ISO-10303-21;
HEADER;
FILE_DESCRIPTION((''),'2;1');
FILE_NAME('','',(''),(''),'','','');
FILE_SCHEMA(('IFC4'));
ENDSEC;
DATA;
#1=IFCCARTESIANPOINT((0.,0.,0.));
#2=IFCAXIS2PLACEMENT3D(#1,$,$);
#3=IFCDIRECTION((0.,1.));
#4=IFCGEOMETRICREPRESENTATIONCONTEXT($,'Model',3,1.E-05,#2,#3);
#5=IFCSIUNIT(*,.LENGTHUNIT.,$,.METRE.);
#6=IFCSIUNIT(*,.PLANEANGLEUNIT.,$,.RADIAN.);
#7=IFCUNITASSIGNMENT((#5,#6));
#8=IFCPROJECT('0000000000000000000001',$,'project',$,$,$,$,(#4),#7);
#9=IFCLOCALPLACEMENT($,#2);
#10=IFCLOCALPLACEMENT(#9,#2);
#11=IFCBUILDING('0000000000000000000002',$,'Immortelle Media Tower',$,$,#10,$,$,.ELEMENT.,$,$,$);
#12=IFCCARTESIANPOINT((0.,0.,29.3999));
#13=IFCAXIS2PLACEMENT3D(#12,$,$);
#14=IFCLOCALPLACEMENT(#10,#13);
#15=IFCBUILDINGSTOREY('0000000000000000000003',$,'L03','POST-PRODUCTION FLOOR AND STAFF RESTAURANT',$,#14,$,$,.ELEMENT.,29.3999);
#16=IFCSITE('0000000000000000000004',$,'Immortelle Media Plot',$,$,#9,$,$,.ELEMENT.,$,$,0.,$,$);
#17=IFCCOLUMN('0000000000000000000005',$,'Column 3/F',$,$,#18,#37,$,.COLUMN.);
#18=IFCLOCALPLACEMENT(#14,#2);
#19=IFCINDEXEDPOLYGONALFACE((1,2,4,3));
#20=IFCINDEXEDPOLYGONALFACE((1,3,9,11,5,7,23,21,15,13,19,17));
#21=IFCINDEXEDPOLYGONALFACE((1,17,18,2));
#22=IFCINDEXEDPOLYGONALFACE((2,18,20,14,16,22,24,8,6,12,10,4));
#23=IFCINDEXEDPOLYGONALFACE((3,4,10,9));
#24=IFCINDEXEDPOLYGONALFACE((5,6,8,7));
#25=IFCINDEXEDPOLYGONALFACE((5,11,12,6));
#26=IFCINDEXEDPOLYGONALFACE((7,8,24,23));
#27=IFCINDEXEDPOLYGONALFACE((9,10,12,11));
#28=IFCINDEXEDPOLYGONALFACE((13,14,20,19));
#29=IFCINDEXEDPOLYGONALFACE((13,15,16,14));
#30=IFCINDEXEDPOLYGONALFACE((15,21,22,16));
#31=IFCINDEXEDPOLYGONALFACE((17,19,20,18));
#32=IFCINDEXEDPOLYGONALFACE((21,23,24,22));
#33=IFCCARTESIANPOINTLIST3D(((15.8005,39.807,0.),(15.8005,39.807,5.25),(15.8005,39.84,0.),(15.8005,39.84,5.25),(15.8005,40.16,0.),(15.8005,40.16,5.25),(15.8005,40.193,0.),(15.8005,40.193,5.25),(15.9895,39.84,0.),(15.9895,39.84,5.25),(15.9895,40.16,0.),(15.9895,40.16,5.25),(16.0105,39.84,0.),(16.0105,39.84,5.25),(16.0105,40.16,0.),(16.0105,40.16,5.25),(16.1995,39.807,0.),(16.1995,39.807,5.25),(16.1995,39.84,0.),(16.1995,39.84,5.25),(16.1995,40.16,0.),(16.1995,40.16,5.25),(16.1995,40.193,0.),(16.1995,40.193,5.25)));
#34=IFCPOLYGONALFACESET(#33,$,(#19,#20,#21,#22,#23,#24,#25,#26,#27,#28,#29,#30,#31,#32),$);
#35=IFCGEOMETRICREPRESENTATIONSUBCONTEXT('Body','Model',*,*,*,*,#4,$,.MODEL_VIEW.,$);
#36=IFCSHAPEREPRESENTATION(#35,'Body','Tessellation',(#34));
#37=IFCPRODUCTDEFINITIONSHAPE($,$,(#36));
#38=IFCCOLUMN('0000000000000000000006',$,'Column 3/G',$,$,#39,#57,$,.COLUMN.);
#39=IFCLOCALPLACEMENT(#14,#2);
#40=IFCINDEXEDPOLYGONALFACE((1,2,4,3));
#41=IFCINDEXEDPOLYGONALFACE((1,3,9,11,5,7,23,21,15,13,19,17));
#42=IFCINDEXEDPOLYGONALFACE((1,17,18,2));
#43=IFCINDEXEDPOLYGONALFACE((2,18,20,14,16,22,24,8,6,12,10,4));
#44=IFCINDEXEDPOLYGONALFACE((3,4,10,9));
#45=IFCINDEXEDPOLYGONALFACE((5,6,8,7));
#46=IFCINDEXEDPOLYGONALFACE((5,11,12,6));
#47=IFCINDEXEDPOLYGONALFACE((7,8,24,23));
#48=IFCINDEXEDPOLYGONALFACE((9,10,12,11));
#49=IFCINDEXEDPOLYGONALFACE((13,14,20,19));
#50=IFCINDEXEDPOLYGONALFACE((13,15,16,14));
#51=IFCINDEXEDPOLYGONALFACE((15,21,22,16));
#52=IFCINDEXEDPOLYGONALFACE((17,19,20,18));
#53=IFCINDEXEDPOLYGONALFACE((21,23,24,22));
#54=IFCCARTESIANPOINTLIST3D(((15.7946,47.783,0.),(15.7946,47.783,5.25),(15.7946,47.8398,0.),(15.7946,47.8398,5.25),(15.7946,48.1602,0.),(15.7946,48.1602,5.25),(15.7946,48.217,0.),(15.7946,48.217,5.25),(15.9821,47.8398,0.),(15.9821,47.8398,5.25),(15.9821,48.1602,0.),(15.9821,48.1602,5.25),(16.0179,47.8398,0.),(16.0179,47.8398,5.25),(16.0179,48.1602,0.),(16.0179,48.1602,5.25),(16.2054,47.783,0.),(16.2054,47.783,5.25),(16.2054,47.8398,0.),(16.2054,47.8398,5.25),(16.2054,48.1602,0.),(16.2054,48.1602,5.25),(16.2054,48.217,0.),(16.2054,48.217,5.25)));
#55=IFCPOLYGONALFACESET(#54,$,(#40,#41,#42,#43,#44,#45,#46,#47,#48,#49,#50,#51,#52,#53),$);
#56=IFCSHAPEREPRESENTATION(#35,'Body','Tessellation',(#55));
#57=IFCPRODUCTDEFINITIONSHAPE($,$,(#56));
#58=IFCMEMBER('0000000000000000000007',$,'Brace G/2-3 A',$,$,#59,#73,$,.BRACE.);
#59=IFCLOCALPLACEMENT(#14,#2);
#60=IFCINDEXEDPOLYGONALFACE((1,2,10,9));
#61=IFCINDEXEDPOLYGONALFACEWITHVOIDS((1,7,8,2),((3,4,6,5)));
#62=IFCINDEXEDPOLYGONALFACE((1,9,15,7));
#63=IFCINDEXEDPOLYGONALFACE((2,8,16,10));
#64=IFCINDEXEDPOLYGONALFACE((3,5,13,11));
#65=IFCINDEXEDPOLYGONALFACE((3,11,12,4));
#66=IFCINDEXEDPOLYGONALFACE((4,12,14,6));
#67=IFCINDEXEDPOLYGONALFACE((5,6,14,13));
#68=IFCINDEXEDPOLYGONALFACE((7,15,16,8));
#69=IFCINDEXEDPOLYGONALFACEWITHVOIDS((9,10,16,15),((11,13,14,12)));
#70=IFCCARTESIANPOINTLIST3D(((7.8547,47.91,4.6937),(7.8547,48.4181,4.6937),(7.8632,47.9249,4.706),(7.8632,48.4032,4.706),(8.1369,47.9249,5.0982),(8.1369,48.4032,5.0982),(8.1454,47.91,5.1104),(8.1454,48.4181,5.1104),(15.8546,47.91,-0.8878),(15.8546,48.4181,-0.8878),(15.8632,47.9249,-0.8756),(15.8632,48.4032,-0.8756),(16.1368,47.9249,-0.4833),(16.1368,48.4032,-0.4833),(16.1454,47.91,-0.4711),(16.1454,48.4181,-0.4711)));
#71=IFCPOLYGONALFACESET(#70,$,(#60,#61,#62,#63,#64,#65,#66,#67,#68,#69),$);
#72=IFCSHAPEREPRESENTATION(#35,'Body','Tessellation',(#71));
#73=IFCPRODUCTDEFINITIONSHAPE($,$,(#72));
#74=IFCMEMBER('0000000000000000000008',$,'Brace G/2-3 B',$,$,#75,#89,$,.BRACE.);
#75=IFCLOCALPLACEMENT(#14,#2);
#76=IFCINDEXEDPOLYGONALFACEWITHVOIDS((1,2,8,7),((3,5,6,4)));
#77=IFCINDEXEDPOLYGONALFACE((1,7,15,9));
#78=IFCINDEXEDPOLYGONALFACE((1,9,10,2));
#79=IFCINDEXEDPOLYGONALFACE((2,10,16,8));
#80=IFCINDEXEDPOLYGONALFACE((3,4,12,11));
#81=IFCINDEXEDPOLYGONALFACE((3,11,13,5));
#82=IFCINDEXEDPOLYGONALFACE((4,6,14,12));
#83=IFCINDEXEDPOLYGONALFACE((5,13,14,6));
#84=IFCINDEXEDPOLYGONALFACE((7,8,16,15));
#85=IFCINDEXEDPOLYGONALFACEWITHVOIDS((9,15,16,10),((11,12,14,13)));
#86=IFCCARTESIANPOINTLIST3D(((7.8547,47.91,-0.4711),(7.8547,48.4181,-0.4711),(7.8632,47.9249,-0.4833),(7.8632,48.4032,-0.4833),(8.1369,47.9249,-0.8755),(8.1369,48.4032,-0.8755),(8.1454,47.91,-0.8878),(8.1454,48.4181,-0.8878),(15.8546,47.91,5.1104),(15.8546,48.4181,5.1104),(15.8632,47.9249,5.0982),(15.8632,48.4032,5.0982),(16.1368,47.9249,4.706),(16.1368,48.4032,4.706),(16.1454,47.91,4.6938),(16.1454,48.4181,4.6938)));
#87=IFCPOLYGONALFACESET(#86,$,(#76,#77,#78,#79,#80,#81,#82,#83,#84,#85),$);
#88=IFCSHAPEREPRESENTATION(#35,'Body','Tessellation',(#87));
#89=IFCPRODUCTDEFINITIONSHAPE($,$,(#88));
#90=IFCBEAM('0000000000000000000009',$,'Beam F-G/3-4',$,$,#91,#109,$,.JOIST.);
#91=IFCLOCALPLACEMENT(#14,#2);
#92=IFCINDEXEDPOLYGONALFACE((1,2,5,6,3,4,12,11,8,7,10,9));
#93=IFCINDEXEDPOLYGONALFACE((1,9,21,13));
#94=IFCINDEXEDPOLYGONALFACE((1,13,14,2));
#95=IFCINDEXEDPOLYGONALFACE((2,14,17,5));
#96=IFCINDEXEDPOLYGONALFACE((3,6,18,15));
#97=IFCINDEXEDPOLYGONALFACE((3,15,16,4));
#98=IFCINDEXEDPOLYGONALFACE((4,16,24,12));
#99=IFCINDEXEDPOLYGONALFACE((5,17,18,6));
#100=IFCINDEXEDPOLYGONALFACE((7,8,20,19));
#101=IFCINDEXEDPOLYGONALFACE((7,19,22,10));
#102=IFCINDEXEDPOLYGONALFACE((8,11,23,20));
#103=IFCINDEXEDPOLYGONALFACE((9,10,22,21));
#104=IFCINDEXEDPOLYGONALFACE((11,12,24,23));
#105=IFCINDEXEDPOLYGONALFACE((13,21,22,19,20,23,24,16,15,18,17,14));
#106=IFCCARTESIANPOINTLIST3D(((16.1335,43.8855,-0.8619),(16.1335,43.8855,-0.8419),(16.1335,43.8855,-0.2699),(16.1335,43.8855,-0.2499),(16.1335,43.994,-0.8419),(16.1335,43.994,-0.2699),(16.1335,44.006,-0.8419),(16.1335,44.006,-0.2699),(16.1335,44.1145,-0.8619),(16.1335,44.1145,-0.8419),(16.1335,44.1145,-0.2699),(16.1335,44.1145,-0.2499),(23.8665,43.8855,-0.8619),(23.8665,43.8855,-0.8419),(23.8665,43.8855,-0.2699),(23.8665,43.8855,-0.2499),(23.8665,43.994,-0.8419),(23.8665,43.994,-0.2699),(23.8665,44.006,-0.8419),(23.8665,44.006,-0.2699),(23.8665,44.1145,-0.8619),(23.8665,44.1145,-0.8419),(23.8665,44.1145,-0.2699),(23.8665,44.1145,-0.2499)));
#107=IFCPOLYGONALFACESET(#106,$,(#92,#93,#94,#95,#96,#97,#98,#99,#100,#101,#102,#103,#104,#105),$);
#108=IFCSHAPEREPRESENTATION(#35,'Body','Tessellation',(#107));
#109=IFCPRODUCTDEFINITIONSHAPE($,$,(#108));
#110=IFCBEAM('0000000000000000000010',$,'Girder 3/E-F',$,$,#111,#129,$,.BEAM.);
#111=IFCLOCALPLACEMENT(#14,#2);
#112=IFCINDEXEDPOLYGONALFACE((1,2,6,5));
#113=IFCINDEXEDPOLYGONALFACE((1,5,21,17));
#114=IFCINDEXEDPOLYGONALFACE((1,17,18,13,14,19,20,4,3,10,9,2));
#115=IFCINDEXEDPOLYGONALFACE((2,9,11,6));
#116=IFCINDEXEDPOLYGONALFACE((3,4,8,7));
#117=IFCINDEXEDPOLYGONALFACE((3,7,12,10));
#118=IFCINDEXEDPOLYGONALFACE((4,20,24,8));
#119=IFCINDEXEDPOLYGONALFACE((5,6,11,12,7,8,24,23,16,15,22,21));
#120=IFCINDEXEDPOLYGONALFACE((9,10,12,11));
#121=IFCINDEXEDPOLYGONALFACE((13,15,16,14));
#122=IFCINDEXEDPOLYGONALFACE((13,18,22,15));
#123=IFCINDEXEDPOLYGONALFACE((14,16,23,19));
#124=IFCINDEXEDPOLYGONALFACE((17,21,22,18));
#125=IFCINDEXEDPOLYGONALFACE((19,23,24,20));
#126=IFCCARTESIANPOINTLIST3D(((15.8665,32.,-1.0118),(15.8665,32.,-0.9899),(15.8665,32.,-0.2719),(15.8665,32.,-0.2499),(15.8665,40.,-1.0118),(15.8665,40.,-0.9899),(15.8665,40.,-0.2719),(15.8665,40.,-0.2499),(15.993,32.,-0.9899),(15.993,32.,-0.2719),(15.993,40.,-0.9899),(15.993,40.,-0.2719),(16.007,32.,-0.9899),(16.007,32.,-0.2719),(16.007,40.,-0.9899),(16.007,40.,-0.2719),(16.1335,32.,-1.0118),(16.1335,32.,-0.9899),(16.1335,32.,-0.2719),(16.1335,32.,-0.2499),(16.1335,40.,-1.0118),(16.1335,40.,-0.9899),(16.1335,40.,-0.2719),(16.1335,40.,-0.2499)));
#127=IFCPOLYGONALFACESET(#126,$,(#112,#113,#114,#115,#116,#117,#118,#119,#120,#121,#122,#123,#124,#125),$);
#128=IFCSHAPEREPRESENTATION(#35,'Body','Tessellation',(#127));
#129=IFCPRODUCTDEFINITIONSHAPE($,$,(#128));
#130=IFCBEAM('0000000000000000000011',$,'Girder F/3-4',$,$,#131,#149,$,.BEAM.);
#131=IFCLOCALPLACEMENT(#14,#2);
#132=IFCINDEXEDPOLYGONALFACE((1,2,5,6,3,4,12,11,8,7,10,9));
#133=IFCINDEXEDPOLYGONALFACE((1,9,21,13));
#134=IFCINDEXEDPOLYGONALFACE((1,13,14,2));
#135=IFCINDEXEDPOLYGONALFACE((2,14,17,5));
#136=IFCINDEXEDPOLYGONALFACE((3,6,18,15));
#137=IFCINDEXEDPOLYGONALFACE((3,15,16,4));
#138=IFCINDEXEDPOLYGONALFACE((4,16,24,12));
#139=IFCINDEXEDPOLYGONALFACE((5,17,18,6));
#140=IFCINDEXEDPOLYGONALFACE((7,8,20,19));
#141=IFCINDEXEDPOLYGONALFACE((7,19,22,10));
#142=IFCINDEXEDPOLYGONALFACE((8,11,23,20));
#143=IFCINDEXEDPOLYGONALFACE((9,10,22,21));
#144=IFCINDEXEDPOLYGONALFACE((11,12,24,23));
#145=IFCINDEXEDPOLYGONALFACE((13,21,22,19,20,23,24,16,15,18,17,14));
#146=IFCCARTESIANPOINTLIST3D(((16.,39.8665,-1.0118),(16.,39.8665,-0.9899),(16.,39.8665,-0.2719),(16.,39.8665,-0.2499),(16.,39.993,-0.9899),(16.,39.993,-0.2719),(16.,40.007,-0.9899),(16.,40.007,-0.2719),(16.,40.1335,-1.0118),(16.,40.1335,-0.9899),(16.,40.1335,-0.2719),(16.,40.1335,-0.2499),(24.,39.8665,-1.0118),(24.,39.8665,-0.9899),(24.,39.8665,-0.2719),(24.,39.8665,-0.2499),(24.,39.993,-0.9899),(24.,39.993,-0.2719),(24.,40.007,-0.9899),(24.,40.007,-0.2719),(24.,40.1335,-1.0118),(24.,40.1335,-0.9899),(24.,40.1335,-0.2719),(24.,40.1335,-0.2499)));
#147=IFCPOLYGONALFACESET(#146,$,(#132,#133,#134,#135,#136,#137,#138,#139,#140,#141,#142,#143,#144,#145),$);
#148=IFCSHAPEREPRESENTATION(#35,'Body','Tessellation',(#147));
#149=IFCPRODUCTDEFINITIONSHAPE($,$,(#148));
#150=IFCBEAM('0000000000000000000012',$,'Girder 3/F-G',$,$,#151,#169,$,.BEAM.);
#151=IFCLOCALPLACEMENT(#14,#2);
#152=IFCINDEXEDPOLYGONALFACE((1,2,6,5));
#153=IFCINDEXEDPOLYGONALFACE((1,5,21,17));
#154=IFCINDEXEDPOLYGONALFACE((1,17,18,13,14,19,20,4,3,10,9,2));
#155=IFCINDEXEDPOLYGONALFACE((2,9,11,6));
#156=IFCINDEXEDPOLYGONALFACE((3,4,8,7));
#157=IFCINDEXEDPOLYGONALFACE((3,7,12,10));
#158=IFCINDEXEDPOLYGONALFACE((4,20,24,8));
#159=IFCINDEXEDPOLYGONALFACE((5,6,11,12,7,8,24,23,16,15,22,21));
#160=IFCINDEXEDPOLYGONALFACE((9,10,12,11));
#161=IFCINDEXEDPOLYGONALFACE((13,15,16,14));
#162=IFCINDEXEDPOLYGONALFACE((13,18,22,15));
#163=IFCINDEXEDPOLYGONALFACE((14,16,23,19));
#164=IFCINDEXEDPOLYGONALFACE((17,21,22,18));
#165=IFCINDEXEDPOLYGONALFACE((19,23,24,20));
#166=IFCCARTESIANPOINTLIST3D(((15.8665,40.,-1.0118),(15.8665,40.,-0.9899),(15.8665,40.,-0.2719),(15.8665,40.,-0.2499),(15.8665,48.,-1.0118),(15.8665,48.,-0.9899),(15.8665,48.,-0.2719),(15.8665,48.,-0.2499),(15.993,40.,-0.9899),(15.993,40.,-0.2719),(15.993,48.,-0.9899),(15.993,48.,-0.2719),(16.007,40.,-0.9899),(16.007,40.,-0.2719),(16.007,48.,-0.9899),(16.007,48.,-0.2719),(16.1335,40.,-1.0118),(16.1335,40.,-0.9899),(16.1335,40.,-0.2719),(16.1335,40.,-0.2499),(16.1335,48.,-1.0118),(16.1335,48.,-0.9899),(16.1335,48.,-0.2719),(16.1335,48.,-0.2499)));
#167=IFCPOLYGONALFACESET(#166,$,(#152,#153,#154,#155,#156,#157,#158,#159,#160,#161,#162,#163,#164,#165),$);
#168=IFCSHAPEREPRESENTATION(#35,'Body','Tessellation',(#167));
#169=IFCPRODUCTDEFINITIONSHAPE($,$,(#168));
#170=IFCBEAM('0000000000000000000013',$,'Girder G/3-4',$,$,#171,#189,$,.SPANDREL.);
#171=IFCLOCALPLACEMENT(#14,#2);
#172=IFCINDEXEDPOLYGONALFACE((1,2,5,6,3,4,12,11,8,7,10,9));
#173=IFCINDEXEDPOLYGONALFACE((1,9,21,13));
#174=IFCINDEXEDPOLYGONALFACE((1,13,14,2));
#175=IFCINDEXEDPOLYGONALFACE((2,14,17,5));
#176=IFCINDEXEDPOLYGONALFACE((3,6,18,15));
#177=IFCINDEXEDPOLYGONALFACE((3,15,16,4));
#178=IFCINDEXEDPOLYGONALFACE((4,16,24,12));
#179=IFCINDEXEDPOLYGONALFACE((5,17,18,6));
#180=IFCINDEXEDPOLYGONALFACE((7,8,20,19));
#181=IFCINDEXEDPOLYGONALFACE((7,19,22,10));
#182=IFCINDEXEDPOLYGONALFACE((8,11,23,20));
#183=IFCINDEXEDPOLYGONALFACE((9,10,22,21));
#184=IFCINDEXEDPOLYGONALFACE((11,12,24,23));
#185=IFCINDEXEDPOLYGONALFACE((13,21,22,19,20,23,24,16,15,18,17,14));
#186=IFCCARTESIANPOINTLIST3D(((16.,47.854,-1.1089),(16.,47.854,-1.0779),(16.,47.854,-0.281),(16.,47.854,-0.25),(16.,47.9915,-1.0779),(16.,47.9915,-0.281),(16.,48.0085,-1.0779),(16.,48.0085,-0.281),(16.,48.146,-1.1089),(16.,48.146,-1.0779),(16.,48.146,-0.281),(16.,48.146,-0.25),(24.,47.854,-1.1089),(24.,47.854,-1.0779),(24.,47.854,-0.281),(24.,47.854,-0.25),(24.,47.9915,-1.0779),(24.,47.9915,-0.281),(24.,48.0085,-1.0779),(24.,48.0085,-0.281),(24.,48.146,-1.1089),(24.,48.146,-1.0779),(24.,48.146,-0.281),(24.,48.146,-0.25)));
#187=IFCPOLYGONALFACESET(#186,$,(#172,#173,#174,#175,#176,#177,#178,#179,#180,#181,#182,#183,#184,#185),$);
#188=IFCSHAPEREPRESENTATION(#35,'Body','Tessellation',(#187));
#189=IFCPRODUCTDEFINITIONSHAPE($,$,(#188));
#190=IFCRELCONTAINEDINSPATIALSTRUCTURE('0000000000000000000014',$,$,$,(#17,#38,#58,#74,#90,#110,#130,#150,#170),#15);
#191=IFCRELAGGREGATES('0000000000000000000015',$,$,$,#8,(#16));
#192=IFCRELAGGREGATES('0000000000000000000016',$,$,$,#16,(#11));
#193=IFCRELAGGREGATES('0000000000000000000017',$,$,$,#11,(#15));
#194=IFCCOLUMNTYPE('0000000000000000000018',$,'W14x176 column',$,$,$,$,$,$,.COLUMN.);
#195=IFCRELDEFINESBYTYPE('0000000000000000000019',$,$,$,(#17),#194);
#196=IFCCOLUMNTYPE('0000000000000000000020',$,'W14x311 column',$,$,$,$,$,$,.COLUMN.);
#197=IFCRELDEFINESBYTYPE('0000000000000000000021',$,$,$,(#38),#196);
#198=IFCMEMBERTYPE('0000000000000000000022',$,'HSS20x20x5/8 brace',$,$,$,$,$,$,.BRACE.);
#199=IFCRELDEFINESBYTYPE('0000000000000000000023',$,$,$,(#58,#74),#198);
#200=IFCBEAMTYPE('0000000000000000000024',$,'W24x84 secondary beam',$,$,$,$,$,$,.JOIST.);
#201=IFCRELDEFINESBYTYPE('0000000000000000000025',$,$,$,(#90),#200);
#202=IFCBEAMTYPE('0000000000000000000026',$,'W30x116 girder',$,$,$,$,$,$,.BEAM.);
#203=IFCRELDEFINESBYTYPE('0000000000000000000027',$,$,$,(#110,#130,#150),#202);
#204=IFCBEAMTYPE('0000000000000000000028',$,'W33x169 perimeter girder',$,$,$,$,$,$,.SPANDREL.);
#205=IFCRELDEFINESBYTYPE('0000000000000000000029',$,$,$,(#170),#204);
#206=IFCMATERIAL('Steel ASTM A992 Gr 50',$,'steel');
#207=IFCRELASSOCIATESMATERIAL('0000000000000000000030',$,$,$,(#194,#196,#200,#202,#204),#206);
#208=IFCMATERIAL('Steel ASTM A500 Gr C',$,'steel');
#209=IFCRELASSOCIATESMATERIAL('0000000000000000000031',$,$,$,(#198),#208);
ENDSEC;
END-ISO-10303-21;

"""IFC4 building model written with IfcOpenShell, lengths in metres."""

from ifc_helpers import new_model, si_unit, direction, frame, origin, origin_2d, place, context, subcontext, project, spatial, hollow_rectangle, i_section, extrude, material, material_profile, profile_set, type_object, element, save


model = new_model("IFC4")

# Units and contexts
model_context = context("Model", 3, precision=1e-05, world=origin(), true_north=direction((0.0, 1.0)))
body_context = subcontext(model_context, "Body", "Model", "MODEL_VIEW")
ifc_project = project(units=[si_unit("LENGTHUNIT", "METRE"), si_unit("PLANEANGLEUNIT", "RADIAN")], contexts=[model_context])

# Site, building, storey
site_placement = place(None, origin())
site = spatial("IfcSite", under=ifc_project, at=site_placement, Name="Immortelle Media Plot", CompositionType="ELEMENT", RefElevation=0.0)
building_placement = place(site_placement, origin())
building = spatial("IfcBuilding", under=site, at=building_placement, Name="Immortelle Media Tower", CompositionType="ELEMENT")
storey_placement = place(building_placement, frame((0.0, 0.0, 29.3999)))
storey = spatial("IfcBuildingStorey", under=building, at=storey_placement, Name="L03", Description="POST-PRODUCTION FLOOR AND STAFF RESTAURANT", CompositionType="ELEMENT", Elevation=29.3999)

# Columns
ifc_material_1 = material(Name="Steel ASTM A992 Gr 50", Category="steel")
ifc_material_profile_1 = material_profile(ifc_material_1, i_section(OverallWidth=0.3989, OverallDepth=0.386, WebThickness=0.021, FlangeThickness=0.033, at=origin_2d()), Name="W14x176")
ifc_profile_set_1 = profile_set([ifc_material_profile_1], Name="Steel ASTM A992 Gr 50")
column_type_1 = type_object("IfcColumnType", Name="W14x176 column", PredefinedType="COLUMN", material=ifc_profile_set_1)
column_1_placement = place(storey_placement, frame((16.0, 40.0, 0.0), z_axis=(0.0, 0.0, 1.0), x_axis=(1.0, 0.0, 0.0)))
element("IfcColumn", 1, at=column_1_placement, inside=storey, type_object=column_type_1, Name="Column 3/F", PredefinedType="COLUMN", context=body_context, shape_type="SweptSolid", body=[
    extrude(i_section(OverallWidth=0.3989, OverallDepth=0.386, WebThickness=0.021, FlangeThickness=0.033, at=origin_2d()), origin(), (0.0, 0.0, 1.0), 5.25),
])
ifc_material_profile_2 = material_profile(ifc_material_1, i_section(OverallWidth=0.4109, OverallDepth=0.4341, WebThickness=0.0359, FlangeThickness=0.0569, at=origin_2d()), Name="W14x311")
ifc_profile_set_2 = profile_set([ifc_material_profile_2], Name="Steel ASTM A992 Gr 50")
column_type_2 = type_object("IfcColumnType", Name="W14x311 column", PredefinedType="COLUMN", material=ifc_profile_set_2)
column_2_placement = place(storey_placement, frame((16.0, 48.0, 0.0), z_axis=(0.0, 0.0, 1.0), x_axis=(1.0, 0.0, 0.0)))
element("IfcColumn", 2, at=column_2_placement, inside=storey, type_object=column_type_2, Name="Column 3/G", PredefinedType="COLUMN", context=body_context, shape_type="SweptSolid", body=[
    extrude(i_section(OverallWidth=0.4109, OverallDepth=0.4341, WebThickness=0.0359, FlangeThickness=0.0569, at=origin_2d()), origin(), (0.0, 0.0, 1.0), 5.25),
])

# Members
ifc_material_2 = material(Name="Steel ASTM A500 Gr C", Category="steel")
ifc_material_profile_3 = material_profile(ifc_material_2, hollow_rectangle(XDim=0.5081, YDim=0.5081, WallThickness=0.0149, at=origin_2d()), Name="HSS20x20x5/8 brace")
ifc_profile_set_3 = profile_set([ifc_material_profile_3], Name="Steel ASTM A500 Gr C")
member_type = type_object("IfcMemberType", Name="HSS20x20x5/8 brace", PredefinedType="BRACE", material=ifc_profile_set_3)
for number, where, z_axis, x_axis, name in (
    (3, (16.0, 48.1641, -0.6794), (-0.82012, 0.0, 0.572192), (0.0, -1.0, 0.0), "Brace G/2-3 A"),
    (4, (16.0, 48.1641, 4.9021), (-0.82012, 0.0, -0.572192), (0.0, -1.0, 0.0), "Brace G/2-3 B"),
):
    element("IfcMember", number, at=place(storey_placement, frame(where, z_axis=z_axis, x_axis=x_axis)), inside=storey, type_object=member_type, Name=name, PredefinedType="BRACE", context=body_context, shape_type="SweptSolid", body=[
        extrude(hollow_rectangle(XDim=0.5081, YDim=0.5081, WallThickness=0.0149, at=origin_2d()), origin(), (0.0, 0.0, 1.0), 9.7546),
    ])

# Beams
ifc_material_profile_4 = material_profile(ifc_material_1, i_section(OverallWidth=0.229, OverallDepth=0.6121, WebThickness=0.012, FlangeThickness=0.02, at=origin_2d()), Name="W24x84")
ifc_profile_set_4 = profile_set([ifc_material_profile_4], Name="Steel ASTM A992 Gr 50")
beam_type_1 = type_object("IfcBeamType", Name="W24x84 secondary beam", PredefinedType="JOIST", material=ifc_profile_set_4)
beam_1_placement = place(storey_placement, frame((16.1335, 44.0, -0.5559), z_axis=(1.0, 0.0, 0.0), x_axis=(0.0, 1.0, 0.0)))
element("IfcBeam", 5, at=beam_1_placement, inside=storey, type_object=beam_type_1, Name="Beam F-G/3-4", PredefinedType="JOIST", context=body_context, shape_type="SweptSolid", body=[
    extrude(i_section(OverallWidth=0.229, OverallDepth=0.6121, WebThickness=0.012, FlangeThickness=0.02, at=origin_2d()), origin(), (0.0, 0.0, 1.0), 7.7329),
])
ifc_material_profile_5 = material_profile(ifc_material_1, i_section(OverallWidth=0.2671, OverallDepth=0.762, WebThickness=0.0139, FlangeThickness=0.022, at=origin_2d()), Name="W30x116")
ifc_profile_set_5 = profile_set([ifc_material_profile_5], Name="Steel ASTM A992 Gr 50")
beam_type_2 = type_object("IfcBeamType", Name="W30x116 girder", PredefinedType="BEAM", material=ifc_profile_set_5)
for number, where, z_axis, x_axis, name in (
    (6, (16.0, 32.0, -0.6309), (0.0, 1.0, 0.0), (-1.0, 0.0, 0.0), "Girder 3/E-F"),
    (7, (16.0, 40.0, -0.6309), (1.0, 0.0, 0.0), (0.0, 1.0, 0.0), "Girder F/3-4"),
    (8, (16.0, 40.0, -0.6309), (0.0, 1.0, 0.0), (-1.0, 0.0, 0.0), "Girder 3/F-G"),
):
    element("IfcBeam", number, at=place(storey_placement, frame(where, z_axis=z_axis, x_axis=x_axis)), inside=storey, type_object=beam_type_2, Name=name, PredefinedType="BEAM", context=body_context, shape_type="SweptSolid", body=[
        extrude(i_section(OverallWidth=0.2671, OverallDepth=0.762, WebThickness=0.0139, FlangeThickness=0.022, at=origin_2d()), origin(), (0.0, 0.0, 1.0), 8.0),
    ])
ifc_material_profile_6 = material_profile(ifc_material_1, i_section(OverallWidth=0.292, OverallDepth=0.8589, WebThickness=0.0171, FlangeThickness=0.031, at=origin_2d()), Name="W33x169")
ifc_profile_set_6 = profile_set([ifc_material_profile_6], Name="Steel ASTM A992 Gr 50")
beam_type_3 = type_object("IfcBeamType", Name="W33x169 perimeter girder", PredefinedType="SPANDREL", material=ifc_profile_set_6)
beam_2_placement = place(storey_placement, frame((16.0, 48.0, -0.6794), z_axis=(1.0, 0.0, 0.0), x_axis=(0.0, 1.0, 0.0)))
element("IfcBeam", 9, at=beam_2_placement, inside=storey, type_object=beam_type_3, Name="Girder G/3-4", PredefinedType="SPANDREL", context=body_context, shape_type="SweptSolid", body=[
    extrude(i_section(OverallWidth=0.292, OverallDepth=0.8589, WebThickness=0.0171, FlangeThickness=0.031, at=origin_2d()), origin(), (0.0, 0.0, 1.0), 8.0),
])

save(model, "model.ifc")
